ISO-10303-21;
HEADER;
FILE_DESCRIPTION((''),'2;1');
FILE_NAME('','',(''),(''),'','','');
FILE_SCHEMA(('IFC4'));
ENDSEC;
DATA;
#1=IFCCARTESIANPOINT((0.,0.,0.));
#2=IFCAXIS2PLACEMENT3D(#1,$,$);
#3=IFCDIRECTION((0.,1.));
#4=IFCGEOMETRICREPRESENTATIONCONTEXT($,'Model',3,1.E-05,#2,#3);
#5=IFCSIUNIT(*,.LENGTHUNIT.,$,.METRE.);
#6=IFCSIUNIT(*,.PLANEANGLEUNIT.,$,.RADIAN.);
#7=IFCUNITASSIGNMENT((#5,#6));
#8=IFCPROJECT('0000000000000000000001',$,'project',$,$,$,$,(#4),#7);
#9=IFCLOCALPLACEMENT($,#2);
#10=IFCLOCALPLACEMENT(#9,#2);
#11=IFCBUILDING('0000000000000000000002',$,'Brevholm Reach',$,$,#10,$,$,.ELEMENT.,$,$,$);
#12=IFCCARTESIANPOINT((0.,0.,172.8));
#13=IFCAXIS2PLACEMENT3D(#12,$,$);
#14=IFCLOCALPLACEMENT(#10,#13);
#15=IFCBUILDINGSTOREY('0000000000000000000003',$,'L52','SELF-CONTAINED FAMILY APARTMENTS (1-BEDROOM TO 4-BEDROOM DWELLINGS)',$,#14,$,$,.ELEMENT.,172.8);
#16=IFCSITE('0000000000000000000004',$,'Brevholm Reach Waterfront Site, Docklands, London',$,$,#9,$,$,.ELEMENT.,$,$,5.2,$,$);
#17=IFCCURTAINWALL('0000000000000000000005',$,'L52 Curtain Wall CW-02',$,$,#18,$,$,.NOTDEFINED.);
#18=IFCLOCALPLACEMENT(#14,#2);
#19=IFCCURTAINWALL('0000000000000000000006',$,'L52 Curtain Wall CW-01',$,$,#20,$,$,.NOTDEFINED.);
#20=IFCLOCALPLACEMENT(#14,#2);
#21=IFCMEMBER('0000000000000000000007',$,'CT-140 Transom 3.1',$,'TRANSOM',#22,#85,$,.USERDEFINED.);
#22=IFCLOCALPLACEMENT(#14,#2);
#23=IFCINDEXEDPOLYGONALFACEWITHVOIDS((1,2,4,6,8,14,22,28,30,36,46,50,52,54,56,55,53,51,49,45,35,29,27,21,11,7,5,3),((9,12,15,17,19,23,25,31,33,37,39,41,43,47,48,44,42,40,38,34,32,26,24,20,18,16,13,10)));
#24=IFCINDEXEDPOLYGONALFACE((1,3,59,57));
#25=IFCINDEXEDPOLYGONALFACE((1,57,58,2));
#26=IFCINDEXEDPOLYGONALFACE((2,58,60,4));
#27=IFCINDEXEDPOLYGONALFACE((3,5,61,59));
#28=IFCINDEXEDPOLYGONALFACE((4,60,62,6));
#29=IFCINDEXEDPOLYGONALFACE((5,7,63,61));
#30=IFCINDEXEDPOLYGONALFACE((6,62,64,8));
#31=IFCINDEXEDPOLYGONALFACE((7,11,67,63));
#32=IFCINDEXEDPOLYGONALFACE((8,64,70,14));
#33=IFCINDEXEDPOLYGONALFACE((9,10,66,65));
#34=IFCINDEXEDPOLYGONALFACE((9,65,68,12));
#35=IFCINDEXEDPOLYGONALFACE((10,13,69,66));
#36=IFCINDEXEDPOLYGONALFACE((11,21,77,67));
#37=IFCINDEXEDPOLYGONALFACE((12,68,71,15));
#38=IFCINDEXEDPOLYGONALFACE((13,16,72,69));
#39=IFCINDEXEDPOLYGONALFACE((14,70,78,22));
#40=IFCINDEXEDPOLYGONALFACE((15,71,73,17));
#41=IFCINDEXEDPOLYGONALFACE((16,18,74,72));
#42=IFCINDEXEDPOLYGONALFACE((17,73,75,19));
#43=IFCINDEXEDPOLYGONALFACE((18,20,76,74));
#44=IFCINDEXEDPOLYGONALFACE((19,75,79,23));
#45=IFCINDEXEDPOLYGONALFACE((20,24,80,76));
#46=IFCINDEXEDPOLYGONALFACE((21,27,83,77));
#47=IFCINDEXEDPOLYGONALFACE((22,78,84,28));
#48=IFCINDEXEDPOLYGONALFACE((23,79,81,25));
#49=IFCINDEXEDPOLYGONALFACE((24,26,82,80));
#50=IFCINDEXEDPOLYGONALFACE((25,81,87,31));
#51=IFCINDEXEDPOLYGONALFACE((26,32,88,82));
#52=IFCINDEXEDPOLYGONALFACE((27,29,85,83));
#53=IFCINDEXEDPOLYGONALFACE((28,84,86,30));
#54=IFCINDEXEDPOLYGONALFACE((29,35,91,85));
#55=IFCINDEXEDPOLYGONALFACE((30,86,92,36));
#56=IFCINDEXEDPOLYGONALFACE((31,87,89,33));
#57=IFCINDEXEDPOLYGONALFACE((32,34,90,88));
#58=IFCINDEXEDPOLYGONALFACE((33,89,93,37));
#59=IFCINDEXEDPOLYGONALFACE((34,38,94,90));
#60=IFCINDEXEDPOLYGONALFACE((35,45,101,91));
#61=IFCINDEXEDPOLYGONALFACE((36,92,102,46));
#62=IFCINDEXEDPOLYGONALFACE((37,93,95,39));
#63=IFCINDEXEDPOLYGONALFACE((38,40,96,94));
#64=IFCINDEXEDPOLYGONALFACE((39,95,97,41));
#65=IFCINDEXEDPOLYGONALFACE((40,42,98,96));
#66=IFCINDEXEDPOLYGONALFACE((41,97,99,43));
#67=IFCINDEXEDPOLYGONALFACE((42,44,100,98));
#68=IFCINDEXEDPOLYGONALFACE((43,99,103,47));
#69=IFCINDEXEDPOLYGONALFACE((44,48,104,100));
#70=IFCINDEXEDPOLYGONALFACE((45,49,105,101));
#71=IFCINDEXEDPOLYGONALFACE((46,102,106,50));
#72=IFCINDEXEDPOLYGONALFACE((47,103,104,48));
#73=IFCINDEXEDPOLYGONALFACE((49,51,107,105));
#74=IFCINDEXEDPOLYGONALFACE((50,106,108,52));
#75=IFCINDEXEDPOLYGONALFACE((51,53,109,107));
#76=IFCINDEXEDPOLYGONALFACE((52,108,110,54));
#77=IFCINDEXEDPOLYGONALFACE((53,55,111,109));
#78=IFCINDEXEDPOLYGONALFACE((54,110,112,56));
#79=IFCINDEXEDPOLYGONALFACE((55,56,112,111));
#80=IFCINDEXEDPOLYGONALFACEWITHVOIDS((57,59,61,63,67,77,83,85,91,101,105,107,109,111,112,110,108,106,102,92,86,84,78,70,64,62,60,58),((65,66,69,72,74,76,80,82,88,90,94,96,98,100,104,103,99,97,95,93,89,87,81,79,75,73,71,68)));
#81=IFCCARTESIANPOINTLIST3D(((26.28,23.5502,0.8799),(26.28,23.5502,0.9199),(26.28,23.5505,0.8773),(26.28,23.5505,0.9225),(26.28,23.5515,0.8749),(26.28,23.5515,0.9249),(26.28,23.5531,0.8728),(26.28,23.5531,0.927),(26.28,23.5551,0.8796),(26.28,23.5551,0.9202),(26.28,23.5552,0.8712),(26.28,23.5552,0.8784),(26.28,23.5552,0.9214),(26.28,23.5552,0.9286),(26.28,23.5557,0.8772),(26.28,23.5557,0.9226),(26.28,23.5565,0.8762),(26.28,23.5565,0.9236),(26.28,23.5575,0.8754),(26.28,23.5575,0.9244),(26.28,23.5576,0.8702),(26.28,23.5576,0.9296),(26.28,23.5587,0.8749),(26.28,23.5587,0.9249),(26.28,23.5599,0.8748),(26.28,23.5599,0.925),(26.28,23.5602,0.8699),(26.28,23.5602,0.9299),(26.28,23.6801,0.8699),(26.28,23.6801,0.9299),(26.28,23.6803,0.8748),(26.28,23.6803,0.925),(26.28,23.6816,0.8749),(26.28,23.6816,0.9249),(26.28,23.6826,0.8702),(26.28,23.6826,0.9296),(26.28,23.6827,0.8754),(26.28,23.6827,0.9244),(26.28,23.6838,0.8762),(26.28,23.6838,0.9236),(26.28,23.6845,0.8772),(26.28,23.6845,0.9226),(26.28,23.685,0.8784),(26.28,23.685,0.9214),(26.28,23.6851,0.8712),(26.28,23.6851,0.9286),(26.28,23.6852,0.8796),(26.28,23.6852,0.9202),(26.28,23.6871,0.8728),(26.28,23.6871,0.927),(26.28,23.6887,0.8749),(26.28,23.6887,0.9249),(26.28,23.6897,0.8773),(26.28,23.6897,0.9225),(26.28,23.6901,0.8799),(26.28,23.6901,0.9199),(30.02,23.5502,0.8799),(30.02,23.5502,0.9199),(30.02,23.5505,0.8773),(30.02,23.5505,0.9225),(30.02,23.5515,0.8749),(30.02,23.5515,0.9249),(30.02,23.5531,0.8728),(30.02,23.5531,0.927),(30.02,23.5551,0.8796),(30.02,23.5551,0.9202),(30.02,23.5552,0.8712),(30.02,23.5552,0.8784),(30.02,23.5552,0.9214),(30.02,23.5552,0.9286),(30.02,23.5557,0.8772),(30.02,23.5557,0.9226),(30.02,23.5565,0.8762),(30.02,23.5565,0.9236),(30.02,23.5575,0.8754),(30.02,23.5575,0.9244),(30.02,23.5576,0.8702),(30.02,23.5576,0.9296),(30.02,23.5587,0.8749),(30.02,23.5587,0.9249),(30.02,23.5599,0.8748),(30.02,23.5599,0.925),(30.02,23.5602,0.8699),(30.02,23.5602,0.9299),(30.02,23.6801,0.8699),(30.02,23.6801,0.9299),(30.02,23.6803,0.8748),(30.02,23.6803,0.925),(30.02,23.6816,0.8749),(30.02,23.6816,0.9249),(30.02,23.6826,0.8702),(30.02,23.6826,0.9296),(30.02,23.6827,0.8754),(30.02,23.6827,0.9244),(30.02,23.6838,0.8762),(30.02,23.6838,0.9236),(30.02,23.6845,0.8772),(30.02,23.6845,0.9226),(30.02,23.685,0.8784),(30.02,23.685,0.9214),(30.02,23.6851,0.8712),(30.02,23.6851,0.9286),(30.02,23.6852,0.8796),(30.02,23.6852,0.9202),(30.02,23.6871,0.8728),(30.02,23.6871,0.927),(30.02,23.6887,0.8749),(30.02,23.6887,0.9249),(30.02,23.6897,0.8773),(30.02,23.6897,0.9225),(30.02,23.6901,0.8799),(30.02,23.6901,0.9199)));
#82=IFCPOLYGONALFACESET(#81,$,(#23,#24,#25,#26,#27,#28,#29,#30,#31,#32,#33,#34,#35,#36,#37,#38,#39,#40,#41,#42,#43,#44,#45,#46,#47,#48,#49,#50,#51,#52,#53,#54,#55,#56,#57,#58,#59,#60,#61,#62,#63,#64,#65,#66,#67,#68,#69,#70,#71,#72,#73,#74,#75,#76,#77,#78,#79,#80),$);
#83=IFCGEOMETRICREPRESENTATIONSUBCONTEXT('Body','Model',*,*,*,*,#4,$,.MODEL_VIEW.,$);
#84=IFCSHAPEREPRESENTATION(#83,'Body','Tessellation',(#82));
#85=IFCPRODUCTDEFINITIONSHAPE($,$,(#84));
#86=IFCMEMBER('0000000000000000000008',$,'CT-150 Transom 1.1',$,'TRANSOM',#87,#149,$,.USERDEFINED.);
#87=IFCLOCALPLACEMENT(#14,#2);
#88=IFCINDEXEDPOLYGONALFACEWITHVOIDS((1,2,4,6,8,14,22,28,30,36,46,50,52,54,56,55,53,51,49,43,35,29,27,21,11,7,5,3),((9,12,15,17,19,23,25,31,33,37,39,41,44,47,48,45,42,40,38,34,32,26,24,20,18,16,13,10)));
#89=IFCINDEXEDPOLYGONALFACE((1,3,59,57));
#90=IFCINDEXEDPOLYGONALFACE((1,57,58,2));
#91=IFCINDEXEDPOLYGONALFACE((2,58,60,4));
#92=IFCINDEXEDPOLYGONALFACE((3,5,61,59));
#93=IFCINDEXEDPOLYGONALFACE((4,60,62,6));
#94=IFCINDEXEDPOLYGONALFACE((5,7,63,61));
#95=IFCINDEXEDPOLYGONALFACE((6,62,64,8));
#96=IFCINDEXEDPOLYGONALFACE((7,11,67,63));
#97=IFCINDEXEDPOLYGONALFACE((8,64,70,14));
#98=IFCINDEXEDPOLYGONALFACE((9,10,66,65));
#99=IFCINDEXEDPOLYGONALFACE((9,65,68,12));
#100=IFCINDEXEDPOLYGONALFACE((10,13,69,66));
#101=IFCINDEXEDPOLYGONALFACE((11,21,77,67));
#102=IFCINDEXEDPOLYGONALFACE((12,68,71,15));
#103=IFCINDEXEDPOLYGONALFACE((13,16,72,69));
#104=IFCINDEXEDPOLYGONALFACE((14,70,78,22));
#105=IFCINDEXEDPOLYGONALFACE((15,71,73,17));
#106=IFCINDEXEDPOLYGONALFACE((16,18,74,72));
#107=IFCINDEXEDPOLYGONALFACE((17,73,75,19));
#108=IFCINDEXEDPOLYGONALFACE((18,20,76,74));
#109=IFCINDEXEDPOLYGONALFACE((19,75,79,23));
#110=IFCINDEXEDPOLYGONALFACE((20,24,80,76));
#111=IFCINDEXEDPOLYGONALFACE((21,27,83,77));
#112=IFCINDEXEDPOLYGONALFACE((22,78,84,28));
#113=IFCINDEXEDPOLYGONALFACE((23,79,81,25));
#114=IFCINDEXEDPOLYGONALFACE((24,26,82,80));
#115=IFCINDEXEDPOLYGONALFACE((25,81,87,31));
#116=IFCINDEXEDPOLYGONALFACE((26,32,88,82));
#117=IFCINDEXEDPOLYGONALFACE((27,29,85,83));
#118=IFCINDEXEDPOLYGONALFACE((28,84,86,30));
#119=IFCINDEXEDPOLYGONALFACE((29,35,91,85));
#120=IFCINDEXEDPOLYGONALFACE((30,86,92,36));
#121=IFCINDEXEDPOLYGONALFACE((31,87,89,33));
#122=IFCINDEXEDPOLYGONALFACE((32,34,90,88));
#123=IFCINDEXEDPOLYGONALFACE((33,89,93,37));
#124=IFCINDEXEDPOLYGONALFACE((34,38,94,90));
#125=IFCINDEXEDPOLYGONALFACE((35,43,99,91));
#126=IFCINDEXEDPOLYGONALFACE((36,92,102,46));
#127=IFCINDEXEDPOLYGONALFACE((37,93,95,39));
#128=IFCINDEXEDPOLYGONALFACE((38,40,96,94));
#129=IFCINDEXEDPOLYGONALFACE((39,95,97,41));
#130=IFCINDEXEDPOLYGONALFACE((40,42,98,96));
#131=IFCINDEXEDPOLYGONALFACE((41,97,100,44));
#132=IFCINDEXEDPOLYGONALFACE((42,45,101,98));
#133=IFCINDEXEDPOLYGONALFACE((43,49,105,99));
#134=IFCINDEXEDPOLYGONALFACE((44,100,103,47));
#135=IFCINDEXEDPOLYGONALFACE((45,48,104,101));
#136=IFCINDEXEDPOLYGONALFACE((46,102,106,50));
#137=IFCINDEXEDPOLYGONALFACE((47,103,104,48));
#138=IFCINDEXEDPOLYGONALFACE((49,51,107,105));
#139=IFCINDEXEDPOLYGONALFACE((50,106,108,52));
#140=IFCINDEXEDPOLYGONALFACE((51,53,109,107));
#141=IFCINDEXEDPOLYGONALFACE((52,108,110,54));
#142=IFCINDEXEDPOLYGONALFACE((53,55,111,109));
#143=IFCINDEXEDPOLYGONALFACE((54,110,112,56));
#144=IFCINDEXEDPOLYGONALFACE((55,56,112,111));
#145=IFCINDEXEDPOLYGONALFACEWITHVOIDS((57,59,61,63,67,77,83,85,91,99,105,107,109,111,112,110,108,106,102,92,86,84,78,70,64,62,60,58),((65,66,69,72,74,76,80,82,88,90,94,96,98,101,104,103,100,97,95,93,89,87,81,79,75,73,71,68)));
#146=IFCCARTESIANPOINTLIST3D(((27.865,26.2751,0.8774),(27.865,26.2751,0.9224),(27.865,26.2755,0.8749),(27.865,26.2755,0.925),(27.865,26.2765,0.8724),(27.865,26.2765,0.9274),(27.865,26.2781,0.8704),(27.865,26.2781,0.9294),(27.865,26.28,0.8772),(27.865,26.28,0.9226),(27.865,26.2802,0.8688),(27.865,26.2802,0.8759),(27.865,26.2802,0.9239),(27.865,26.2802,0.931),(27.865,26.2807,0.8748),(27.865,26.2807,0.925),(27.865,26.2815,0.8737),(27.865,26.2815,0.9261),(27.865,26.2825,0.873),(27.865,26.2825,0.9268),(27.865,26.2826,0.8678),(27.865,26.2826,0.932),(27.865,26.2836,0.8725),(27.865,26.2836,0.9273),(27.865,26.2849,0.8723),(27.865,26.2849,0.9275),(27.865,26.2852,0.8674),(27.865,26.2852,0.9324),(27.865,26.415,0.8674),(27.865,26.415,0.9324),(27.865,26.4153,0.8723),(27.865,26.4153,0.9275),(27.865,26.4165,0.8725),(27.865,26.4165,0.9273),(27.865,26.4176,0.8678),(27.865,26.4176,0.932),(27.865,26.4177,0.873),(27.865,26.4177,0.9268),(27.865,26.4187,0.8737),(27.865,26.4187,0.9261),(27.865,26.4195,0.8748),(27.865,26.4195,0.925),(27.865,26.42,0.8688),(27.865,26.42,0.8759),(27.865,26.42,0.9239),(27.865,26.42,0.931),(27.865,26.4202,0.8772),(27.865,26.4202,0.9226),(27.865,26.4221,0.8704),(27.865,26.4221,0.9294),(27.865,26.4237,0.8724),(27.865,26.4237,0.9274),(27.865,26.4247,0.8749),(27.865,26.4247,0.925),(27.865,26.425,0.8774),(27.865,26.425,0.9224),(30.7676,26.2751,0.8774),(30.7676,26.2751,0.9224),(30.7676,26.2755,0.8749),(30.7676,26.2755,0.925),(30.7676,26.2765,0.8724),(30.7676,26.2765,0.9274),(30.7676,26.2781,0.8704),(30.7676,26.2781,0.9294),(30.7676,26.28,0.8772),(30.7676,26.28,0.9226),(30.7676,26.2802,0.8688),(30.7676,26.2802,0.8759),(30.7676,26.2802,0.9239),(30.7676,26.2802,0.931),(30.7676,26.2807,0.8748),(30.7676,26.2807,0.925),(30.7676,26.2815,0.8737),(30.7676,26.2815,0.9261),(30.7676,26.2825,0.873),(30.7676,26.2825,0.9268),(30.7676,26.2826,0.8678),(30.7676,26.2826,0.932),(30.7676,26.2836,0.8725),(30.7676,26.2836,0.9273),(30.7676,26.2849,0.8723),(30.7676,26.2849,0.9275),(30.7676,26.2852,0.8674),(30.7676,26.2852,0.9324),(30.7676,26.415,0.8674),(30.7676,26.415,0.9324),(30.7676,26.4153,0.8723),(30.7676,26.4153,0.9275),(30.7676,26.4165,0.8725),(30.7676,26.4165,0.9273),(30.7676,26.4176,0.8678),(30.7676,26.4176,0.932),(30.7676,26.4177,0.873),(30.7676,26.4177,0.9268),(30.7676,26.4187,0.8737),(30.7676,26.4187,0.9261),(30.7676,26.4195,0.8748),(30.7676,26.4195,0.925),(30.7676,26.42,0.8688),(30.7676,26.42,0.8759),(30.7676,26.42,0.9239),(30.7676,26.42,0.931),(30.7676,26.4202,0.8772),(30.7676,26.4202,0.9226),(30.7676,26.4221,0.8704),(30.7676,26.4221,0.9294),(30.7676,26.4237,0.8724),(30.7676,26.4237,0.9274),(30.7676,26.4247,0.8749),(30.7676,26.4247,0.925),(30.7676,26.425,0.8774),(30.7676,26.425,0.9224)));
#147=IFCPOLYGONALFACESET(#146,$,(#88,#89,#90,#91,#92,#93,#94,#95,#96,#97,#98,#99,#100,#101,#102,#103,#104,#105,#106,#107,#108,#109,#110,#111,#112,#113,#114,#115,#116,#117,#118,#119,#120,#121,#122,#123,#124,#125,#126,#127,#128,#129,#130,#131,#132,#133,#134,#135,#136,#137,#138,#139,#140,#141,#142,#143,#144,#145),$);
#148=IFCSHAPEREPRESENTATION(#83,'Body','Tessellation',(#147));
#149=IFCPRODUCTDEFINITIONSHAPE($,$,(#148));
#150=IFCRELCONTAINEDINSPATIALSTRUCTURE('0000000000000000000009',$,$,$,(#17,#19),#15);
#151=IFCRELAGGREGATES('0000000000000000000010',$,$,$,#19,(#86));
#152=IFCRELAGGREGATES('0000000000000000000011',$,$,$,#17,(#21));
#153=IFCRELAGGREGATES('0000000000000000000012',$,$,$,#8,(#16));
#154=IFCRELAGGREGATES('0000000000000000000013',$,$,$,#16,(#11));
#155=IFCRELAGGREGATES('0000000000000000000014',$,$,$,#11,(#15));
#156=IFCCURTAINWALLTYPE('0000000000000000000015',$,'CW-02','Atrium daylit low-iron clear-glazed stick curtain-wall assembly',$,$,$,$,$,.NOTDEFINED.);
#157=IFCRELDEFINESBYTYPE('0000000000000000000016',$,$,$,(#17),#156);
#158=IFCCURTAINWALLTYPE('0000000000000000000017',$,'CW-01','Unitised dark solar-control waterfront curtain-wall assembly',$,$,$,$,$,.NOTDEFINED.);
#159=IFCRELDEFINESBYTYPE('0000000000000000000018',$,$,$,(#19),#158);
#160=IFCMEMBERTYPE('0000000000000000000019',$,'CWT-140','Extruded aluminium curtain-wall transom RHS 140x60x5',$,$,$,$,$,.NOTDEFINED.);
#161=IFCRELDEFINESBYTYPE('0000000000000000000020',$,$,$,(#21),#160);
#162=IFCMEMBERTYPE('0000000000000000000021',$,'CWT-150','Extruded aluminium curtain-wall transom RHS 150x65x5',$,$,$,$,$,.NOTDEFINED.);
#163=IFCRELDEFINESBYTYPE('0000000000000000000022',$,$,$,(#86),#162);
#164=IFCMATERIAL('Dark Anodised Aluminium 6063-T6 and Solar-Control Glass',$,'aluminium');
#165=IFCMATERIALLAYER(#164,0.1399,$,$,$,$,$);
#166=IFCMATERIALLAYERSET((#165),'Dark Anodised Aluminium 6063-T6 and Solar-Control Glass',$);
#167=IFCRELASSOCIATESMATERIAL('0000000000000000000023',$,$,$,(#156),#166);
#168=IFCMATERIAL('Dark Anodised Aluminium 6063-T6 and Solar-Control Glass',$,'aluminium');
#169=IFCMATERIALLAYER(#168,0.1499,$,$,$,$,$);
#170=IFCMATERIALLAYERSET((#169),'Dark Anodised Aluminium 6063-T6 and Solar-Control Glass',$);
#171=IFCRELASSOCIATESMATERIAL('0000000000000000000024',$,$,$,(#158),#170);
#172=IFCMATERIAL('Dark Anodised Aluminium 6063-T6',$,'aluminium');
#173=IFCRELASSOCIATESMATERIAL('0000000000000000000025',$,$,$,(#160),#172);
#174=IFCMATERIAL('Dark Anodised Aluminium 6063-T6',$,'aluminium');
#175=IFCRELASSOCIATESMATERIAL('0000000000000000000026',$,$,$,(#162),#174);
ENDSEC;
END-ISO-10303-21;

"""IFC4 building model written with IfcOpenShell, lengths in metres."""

from ifc_helpers import new_model, si_unit, direction, frame, origin, origin_2d, place, context, subcontext, project, spatial, hollow_rectangle, extrude, material, layer, layer_set, material_profile, profile_set, type_object, element, aggregate, save


model = new_model("IFC4")

# Units and contexts
model_context = context("Model", 3, precision=1e-05, world=origin(), true_north=direction((0.0, 1.0)))
body_context = subcontext(model_context, "Body", "Model", "MODEL_VIEW")
ifc_project = project(units=[si_unit("LENGTHUNIT", "METRE"), si_unit("PLANEANGLEUNIT", "RADIAN")], contexts=[model_context])

# Site, building, storey
site_placement = place(None, origin())
site = spatial("IfcSite", under=ifc_project, at=site_placement, Name="Brevholm Reach Waterfront Site, Docklands, London", CompositionType="ELEMENT", RefElevation=5.2)
building_placement = place(site_placement, origin())
building = spatial("IfcBuilding", under=site, at=building_placement, Name="Brevholm Reach", CompositionType="ELEMENT")
storey_placement = place(building_placement, frame((0.0, 0.0, 172.8)))
storey = spatial("IfcBuildingStorey", under=building, at=storey_placement, Name="L52", Description="SELF-CONTAINED FAMILY APARTMENTS (1-BEDROOM TO 4-BEDROOM DWELLINGS)", CompositionType="ELEMENT", Elevation=172.8)

# Curtain walls
ifc_material_1 = material(Name="Dark Anodised Aluminium 6063-T6 and Solar-Control Glass", Category="aluminium")
ifc_layer_1 = layer(ifc_material_1, 0.1399)
ifc_layer_set_1 = layer_set([ifc_layer_1], Name="Dark Anodised Aluminium 6063-T6 and Solar-Control Glass")
curtain_wall_type_1 = type_object("IfcCurtainWallType", Name="CW-02", Description="Atrium daylit low-iron clear-glazed stick curtain-wall assembly", PredefinedType="NOTDEFINED", material=ifc_layer_set_1)
curtain_wall_1_placement = place(storey_placement, origin())
curtain_wall_1 = element("IfcCurtainWall", 1, at=curtain_wall_1_placement, inside=storey, type_object=curtain_wall_type_1, Name="L52 Curtain Wall CW-02", PredefinedType="NOTDEFINED")
ifc_material_2 = material(Name="Dark Anodised Aluminium 6063-T6 and Solar-Control Glass", Category="aluminium")
ifc_layer_2 = layer(ifc_material_2, 0.1499)
ifc_layer_set_2 = layer_set([ifc_layer_2], Name="Dark Anodised Aluminium 6063-T6 and Solar-Control Glass")
curtain_wall_type_2 = type_object("IfcCurtainWallType", Name="CW-01", Description="Unitised dark solar-control waterfront curtain-wall assembly", PredefinedType="NOTDEFINED", material=ifc_layer_set_2)
curtain_wall_2_placement = place(storey_placement, origin())
curtain_wall_2 = element("IfcCurtainWall", 2, at=curtain_wall_2_placement, inside=storey, type_object=curtain_wall_type_2, Name="L52 Curtain Wall CW-01", PredefinedType="NOTDEFINED")

# Members
ifc_material_3 = material(Name="Dark Anodised Aluminium 6063-T6", Category="aluminium")
ifc_material_profile_1 = material_profile(ifc_material_3, hollow_rectangle(XDim=0.0601, YDim=0.1399, WallThickness=0.0049, InnerFilletRadius=0.0049, OuterFilletRadius=0.01, at=origin_2d()), Name="RHS 140x60x5")
ifc_profile_set_1 = profile_set([ifc_material_profile_1], Name="Dark Anodised Aluminium 6063-T6")
member_type_1 = type_object("IfcMemberType", Name="CWT-140", Description="Extruded aluminium curtain-wall transom RHS 140x60x5", PredefinedType="NOTDEFINED", material=ifc_profile_set_1)
member_1_placement = place(storey_placement, frame((30.02, 23.6201, 0.8999), z_axis=(-1.0, 0.0, 0.0), x_axis=(0.0, 0.0, 1.0)))
member_1 = element("IfcMember", 3, at=member_1_placement, type_object=member_type_1, Name="CT-140 Transom 3.1", ObjectType="TRANSOM", PredefinedType="USERDEFINED", context=body_context, shape_type="SweptSolid", body=[
    extrude(hollow_rectangle(XDim=0.0601, YDim=0.1399, WallThickness=0.0049, InnerFilletRadius=0.0049, OuterFilletRadius=0.01, at=origin_2d()), origin(), (0.0, 0.0, 1.0), 3.74),
])
ifc_material_4 = material(Name="Dark Anodised Aluminium 6063-T6", Category="aluminium")
ifc_material_profile_2 = material_profile(ifc_material_4, hollow_rectangle(XDim=0.0649, YDim=0.1499, WallThickness=0.0049, InnerFilletRadius=0.0049, OuterFilletRadius=0.01, at=origin_2d()), Name="RHS 150x65x5")
ifc_profile_set_2 = profile_set([ifc_material_profile_2], Name="Dark Anodised Aluminium 6063-T6")
member_type_2 = type_object("IfcMemberType", Name="CWT-150", Description="Extruded aluminium curtain-wall transom RHS 150x65x5", PredefinedType="NOTDEFINED", material=ifc_profile_set_2)
member_2_placement = place(storey_placement, frame((27.865, 26.3501, 0.8999), z_axis=(1.0, 0.0, 0.0), x_axis=(0.0, 0.0, 1.0)))
member_2 = element("IfcMember", 4, at=member_2_placement, type_object=member_type_2, Name="CT-150 Transom 1.1", ObjectType="TRANSOM", PredefinedType="USERDEFINED", context=body_context, shape_type="SweptSolid", body=[
    extrude(hollow_rectangle(XDim=0.0649, YDim=0.1499, WallThickness=0.0049, InnerFilletRadius=0.0049, OuterFilletRadius=0.01, at=origin_2d()), origin(), (0.0, 0.0, 1.0), 2.9026),
])

aggregate(curtain_wall_2, [member_2])
aggregate(curtain_wall_1, [member_1])

save(model, "model.ifc")
